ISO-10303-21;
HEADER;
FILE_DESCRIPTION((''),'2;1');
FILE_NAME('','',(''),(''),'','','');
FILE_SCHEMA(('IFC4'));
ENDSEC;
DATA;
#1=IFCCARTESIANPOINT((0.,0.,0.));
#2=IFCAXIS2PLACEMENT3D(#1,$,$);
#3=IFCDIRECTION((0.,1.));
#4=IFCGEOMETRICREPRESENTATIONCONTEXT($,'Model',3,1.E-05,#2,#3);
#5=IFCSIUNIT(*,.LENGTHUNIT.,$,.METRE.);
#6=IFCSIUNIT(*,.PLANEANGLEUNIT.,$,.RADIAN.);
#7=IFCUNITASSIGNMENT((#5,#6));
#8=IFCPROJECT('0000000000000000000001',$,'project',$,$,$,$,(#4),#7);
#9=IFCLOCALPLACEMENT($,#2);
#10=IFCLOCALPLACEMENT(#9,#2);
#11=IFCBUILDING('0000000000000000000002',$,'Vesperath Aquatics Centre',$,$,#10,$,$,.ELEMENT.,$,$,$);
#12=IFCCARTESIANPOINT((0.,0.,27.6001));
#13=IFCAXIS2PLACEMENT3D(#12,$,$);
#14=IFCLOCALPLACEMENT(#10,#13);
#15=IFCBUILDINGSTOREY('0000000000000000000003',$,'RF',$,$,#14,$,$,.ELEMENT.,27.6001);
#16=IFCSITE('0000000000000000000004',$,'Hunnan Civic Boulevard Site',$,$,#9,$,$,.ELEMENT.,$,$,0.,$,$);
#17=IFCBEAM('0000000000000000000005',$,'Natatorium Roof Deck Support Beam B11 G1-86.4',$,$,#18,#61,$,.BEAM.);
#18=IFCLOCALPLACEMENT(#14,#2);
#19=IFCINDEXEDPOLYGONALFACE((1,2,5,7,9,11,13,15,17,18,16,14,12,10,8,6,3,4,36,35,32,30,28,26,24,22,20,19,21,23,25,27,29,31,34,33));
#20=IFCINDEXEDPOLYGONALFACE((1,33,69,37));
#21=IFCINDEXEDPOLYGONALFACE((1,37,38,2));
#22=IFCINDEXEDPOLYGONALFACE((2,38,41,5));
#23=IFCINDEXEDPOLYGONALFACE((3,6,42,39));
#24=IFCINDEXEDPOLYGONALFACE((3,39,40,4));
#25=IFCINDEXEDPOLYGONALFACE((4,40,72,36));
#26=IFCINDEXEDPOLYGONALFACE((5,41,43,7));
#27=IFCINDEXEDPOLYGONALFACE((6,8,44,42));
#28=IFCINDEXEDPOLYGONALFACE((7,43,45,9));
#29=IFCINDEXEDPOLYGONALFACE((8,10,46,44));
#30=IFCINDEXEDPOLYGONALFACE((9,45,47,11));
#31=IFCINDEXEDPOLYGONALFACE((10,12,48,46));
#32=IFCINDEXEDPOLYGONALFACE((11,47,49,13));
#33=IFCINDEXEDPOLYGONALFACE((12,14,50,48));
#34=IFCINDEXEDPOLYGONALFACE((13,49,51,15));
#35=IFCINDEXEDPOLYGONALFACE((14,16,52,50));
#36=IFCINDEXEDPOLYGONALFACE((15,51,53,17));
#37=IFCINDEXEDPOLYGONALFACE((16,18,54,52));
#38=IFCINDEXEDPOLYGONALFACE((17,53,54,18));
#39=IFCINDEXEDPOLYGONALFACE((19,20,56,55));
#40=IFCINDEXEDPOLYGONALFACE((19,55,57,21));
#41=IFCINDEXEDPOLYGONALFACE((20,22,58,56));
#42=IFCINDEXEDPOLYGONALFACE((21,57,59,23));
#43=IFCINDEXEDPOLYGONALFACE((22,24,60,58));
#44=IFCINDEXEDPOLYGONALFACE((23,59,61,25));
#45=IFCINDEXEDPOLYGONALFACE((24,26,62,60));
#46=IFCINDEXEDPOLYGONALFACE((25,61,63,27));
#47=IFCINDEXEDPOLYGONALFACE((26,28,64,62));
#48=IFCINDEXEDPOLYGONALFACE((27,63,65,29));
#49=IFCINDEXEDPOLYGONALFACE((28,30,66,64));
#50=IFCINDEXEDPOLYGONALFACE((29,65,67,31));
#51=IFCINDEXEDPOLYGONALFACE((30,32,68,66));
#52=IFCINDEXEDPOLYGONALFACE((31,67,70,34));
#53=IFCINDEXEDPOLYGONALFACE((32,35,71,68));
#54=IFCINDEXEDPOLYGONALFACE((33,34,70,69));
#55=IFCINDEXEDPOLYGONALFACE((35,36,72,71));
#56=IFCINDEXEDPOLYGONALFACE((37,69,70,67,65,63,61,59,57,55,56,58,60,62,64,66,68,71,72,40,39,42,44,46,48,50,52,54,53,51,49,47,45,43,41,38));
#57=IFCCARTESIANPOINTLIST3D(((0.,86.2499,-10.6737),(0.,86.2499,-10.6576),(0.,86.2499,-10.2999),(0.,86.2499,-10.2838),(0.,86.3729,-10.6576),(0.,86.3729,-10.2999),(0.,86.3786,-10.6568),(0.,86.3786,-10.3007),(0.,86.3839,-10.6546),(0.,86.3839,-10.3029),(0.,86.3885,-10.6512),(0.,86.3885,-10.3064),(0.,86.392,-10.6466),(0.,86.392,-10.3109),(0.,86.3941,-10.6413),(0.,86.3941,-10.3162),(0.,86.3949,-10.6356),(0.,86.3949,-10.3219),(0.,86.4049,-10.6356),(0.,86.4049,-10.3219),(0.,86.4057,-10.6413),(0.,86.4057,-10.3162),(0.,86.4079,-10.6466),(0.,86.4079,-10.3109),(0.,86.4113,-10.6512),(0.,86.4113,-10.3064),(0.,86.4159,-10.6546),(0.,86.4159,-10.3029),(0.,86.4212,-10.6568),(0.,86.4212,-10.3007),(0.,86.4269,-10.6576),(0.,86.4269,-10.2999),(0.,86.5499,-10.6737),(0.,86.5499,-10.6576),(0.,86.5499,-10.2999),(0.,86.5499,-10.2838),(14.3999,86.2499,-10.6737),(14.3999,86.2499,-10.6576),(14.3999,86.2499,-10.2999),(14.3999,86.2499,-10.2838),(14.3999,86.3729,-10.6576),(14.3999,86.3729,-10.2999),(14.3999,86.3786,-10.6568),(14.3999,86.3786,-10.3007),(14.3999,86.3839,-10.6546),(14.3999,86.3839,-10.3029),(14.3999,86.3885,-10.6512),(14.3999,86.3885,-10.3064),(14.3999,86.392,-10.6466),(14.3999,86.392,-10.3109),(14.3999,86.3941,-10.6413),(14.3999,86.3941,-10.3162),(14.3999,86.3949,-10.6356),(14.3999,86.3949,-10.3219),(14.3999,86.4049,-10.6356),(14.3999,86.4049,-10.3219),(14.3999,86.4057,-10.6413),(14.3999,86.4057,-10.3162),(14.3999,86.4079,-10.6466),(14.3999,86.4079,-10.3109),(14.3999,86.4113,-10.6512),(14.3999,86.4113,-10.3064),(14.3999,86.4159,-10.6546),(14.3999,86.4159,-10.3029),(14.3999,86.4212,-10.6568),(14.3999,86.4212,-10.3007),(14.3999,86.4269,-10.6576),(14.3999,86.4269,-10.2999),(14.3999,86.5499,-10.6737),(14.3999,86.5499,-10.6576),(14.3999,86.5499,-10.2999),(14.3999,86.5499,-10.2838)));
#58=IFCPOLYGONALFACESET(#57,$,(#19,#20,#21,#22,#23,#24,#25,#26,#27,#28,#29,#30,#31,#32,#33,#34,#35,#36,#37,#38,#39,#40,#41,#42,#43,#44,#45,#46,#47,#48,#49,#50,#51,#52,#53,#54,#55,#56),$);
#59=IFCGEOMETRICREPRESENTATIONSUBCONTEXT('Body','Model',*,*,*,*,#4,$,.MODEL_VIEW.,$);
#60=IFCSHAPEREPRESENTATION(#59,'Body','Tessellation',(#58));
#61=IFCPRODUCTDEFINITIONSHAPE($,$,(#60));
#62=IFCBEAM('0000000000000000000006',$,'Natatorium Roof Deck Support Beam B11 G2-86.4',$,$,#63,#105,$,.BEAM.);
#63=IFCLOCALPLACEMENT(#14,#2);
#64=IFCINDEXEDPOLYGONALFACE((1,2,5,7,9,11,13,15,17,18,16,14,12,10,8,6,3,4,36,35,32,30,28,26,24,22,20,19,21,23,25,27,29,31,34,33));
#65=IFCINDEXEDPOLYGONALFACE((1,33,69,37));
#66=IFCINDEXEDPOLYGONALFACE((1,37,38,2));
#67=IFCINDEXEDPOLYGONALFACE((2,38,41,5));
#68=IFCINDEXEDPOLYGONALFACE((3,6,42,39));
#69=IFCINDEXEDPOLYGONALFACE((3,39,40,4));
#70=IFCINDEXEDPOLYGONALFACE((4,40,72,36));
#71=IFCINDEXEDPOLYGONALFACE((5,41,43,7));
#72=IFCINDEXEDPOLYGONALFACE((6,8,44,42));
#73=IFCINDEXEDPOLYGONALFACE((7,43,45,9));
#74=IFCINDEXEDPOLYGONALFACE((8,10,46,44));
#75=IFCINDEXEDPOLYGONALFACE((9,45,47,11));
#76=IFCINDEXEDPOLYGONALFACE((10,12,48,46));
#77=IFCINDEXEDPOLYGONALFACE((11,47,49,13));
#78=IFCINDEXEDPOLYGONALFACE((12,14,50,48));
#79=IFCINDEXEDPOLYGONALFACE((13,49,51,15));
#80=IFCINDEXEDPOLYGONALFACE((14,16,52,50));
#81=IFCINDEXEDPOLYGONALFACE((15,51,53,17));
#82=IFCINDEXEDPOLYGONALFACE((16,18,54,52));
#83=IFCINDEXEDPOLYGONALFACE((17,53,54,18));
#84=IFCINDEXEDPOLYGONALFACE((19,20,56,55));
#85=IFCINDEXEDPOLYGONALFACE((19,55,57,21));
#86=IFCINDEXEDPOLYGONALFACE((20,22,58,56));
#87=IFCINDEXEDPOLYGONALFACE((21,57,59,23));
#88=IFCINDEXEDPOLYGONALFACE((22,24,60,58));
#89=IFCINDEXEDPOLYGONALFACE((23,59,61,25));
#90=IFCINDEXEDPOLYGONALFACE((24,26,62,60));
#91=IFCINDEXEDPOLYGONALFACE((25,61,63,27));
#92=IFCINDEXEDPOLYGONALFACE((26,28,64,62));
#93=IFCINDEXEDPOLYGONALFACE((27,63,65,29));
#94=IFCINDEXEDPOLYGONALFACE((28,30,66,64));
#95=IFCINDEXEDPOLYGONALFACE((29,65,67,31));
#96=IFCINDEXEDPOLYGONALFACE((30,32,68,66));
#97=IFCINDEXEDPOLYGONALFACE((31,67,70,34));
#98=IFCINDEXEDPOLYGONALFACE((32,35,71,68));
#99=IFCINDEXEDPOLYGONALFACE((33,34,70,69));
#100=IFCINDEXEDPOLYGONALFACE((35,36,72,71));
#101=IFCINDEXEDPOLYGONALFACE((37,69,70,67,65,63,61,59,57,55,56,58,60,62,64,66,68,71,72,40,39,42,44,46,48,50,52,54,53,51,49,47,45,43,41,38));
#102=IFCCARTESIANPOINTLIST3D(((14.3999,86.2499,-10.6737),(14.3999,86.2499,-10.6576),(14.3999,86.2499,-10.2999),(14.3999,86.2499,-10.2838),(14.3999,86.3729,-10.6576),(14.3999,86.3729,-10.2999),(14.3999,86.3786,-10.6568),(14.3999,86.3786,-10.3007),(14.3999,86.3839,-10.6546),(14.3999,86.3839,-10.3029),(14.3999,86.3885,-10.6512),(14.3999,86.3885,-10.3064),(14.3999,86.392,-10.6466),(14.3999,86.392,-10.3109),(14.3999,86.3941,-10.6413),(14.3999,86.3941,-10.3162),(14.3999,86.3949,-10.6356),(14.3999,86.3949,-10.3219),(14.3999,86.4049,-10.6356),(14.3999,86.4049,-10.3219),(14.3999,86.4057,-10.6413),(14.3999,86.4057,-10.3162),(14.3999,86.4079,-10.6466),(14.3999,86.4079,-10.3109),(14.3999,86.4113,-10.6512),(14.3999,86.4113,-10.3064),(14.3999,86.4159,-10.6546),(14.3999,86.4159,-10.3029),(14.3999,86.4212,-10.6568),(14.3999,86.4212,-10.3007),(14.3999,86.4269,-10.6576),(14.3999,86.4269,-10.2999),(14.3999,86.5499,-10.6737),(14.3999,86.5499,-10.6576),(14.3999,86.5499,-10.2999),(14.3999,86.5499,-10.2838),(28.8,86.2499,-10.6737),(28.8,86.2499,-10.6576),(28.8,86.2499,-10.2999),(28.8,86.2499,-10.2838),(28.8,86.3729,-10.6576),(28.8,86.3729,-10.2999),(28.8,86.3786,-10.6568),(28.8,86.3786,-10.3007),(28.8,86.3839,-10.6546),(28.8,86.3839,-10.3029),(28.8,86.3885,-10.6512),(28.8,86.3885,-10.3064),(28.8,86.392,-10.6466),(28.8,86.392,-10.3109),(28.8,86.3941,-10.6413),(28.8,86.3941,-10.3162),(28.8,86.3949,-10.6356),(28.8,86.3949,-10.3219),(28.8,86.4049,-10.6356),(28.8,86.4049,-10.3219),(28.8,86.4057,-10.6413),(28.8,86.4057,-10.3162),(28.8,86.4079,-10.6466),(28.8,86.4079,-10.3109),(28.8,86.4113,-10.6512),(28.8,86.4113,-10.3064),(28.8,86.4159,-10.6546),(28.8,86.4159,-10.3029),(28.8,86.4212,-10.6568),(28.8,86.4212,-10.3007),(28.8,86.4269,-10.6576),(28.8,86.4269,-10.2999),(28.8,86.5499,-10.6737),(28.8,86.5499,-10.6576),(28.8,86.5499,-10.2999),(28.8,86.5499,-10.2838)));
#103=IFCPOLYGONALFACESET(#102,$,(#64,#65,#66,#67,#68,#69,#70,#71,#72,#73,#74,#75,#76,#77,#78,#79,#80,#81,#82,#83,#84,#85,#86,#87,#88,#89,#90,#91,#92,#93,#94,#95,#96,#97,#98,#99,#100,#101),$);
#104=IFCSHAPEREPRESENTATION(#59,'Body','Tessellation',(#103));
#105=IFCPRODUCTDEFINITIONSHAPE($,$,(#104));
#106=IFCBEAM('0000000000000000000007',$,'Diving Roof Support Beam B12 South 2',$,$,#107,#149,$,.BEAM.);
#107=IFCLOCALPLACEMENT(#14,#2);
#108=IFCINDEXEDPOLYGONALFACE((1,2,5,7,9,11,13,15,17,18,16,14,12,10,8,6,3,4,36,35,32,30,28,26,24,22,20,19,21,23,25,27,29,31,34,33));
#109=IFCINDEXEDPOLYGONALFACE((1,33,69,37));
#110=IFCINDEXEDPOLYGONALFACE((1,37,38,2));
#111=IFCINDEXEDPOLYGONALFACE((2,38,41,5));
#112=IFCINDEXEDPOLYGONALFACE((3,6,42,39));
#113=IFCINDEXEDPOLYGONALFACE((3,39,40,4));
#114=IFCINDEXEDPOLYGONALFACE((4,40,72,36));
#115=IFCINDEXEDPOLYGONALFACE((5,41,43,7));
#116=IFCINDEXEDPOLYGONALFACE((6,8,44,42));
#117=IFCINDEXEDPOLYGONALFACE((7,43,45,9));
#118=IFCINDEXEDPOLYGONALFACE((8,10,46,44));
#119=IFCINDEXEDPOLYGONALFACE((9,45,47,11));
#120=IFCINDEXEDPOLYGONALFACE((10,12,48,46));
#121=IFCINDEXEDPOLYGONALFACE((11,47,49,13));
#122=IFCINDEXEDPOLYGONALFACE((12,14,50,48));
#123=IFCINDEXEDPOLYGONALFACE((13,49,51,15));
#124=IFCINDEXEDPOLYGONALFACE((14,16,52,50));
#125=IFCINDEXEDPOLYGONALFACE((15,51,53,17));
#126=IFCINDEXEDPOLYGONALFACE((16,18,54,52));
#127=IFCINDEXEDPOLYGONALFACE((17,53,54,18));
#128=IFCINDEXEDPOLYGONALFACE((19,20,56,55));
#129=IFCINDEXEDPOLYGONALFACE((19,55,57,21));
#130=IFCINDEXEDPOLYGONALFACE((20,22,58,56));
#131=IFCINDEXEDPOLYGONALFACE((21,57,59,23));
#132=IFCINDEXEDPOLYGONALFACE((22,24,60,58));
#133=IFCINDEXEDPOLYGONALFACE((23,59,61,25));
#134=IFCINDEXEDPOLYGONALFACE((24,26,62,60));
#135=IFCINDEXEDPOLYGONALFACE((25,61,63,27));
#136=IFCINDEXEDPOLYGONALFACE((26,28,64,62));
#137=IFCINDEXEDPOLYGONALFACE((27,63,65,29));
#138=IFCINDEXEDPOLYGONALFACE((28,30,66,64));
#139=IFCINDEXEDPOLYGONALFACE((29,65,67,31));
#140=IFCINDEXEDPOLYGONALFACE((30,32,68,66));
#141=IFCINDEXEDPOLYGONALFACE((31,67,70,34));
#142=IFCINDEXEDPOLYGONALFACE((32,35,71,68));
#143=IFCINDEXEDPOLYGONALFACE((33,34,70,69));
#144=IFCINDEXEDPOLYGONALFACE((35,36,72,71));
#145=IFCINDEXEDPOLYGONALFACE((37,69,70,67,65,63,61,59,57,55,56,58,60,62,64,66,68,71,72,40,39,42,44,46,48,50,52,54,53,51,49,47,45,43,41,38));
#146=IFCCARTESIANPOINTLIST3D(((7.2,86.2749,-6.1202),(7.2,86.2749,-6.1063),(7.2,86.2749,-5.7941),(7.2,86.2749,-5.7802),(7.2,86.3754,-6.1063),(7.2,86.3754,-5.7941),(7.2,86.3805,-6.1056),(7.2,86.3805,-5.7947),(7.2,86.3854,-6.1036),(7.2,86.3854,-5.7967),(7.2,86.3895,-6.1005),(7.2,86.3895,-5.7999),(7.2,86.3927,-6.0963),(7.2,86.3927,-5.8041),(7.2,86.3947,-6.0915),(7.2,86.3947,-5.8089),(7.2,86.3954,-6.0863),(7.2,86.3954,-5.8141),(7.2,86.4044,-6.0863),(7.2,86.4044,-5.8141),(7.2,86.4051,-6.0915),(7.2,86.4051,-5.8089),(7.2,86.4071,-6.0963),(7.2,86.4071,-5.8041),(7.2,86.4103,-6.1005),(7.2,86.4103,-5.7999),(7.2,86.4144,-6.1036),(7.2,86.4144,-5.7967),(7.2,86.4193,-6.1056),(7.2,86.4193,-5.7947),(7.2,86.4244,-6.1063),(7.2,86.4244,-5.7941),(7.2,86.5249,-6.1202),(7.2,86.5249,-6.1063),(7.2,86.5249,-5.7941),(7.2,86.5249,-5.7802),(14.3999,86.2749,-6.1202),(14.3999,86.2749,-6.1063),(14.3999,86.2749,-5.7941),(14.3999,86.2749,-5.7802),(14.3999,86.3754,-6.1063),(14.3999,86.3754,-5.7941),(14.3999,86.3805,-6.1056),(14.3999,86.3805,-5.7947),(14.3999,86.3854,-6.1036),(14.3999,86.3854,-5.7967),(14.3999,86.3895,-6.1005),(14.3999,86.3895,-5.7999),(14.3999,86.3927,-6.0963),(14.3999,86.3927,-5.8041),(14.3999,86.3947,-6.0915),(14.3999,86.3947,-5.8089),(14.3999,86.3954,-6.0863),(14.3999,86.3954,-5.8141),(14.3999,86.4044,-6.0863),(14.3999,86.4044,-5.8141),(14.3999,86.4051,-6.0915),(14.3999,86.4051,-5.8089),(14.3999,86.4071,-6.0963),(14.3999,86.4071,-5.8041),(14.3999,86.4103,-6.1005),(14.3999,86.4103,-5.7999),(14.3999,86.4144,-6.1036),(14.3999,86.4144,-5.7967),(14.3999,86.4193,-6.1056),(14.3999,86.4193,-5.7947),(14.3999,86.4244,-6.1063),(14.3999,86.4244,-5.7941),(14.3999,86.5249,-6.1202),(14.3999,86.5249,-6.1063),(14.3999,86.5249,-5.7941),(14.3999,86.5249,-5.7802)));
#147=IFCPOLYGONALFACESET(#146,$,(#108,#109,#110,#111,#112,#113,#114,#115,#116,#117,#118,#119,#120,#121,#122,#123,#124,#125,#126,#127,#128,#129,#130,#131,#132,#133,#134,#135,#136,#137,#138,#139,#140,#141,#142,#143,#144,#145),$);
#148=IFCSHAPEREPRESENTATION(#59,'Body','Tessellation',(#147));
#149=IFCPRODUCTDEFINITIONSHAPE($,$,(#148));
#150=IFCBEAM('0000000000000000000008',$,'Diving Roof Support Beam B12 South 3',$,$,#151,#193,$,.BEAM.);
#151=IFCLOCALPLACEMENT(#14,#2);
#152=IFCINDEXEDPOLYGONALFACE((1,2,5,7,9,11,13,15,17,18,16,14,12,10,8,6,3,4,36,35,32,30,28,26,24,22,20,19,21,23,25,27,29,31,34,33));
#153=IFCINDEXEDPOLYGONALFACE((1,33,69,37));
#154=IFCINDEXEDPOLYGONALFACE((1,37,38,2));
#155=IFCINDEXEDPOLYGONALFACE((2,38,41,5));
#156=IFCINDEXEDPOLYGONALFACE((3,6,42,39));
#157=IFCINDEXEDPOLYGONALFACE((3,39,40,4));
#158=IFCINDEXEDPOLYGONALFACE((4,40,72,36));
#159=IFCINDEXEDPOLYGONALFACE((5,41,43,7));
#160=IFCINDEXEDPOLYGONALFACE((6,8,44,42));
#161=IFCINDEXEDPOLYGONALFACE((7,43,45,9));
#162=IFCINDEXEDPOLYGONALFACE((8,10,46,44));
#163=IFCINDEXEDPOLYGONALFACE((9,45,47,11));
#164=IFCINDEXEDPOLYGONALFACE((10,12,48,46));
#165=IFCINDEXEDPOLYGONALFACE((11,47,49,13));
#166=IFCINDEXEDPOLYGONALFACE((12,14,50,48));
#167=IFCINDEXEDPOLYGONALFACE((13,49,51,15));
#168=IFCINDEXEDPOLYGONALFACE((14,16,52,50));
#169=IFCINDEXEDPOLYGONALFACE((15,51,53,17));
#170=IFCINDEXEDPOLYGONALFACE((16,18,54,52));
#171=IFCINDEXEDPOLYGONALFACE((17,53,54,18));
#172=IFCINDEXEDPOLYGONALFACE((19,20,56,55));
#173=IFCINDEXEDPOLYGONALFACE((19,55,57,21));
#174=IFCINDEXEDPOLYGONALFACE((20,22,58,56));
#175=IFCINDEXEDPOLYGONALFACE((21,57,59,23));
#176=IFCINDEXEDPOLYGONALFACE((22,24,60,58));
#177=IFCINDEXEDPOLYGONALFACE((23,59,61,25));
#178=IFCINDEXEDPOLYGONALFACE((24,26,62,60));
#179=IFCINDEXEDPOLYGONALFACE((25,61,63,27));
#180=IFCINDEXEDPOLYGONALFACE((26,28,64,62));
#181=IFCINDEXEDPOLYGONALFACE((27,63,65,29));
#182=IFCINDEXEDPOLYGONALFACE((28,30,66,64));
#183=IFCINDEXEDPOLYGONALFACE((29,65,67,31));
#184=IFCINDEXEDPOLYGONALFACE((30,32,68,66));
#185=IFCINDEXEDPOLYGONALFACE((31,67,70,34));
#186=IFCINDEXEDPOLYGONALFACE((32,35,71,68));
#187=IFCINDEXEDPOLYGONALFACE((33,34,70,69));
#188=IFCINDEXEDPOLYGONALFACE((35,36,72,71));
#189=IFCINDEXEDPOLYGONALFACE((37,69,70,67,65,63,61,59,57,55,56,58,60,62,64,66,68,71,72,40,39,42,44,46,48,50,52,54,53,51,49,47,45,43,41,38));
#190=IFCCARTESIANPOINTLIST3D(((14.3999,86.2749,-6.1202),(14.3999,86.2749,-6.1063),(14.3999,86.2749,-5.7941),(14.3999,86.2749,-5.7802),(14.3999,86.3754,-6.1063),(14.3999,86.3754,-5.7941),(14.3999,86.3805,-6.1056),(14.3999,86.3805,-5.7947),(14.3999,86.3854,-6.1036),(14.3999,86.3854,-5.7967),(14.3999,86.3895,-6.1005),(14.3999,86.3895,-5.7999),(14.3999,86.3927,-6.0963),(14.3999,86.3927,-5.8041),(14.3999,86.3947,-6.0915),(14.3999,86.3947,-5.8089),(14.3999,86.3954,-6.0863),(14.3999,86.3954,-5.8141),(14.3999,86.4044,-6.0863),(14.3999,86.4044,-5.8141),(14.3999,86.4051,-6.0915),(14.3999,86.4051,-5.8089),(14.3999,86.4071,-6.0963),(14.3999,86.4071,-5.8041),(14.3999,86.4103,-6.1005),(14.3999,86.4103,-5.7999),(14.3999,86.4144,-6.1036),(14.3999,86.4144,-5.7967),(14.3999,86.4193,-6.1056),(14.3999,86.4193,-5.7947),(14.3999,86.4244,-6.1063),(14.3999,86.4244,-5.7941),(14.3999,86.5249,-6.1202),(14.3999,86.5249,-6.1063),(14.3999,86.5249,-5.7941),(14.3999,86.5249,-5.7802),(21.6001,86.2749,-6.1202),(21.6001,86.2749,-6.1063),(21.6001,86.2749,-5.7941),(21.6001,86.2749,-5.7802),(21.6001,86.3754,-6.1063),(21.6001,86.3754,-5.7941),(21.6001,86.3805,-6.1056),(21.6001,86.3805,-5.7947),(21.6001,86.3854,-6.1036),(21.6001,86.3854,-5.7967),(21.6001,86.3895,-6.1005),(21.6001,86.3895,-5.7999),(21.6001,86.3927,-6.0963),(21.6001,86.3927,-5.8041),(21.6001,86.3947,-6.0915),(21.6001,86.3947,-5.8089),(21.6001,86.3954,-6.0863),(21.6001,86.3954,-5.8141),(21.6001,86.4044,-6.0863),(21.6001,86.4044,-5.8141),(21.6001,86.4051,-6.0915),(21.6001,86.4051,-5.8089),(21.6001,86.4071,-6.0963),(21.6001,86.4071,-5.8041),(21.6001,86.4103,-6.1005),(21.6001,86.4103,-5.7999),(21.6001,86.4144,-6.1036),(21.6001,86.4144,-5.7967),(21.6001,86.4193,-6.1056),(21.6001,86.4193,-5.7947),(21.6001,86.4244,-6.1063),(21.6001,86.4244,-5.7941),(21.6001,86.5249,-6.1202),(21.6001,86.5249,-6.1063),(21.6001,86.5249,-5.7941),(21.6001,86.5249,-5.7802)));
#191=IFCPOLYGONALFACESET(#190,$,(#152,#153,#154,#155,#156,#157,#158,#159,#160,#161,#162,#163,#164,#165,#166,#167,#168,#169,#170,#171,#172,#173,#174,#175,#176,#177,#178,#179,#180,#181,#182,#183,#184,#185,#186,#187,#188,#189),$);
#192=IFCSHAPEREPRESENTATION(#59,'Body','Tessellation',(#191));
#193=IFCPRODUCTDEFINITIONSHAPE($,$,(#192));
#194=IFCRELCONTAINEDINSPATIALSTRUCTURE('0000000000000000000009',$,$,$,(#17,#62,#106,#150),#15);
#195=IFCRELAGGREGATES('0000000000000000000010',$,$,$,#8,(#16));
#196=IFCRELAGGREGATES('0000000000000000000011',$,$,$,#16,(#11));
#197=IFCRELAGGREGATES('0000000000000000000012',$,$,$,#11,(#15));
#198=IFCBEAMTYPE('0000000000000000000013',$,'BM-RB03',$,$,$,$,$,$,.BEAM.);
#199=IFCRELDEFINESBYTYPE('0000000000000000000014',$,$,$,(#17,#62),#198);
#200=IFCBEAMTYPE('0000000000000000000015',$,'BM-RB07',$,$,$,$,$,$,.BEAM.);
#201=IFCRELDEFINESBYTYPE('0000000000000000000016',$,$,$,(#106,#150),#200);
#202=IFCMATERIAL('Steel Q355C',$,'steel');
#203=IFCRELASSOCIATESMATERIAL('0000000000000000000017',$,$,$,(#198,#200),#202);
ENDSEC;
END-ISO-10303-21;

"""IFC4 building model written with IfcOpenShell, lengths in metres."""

from ifc_helpers import new_model, si_unit, direction, frame, origin, origin_2d, place, context, subcontext, project, spatial, i_section, extrude, material, material_profile, profile_set, type_object, element, save


model = new_model("IFC4")

# Units and contexts
model_context = context("Model", 3, precision=1e-05, world=origin(), true_north=direction((0.0, 1.0)))
body_context = subcontext(model_context, "Body", "Model", "MODEL_VIEW")
ifc_project = project(units=[si_unit("LENGTHUNIT", "METRE"), si_unit("PLANEANGLEUNIT", "RADIAN")], contexts=[model_context])

# Site, building, storey
site_placement = place(None, origin())
site = spatial("IfcSite", under=ifc_project, at=site_placement, Name="Hunnan Civic Boulevard Site", CompositionType="ELEMENT", RefElevation=0.0)
building_placement = place(site_placement, origin())
building = spatial("IfcBuilding", under=site, at=building_placement, Name="Vesperath Aquatics Centre", CompositionType="ELEMENT")
storey_placement = place(building_placement, frame((0.0, 0.0, 27.6001)))
storey = spatial("IfcBuildingStorey", under=building, at=storey_placement, Name="RF", CompositionType="ELEMENT", Elevation=27.6001)

# Beams
ifc_material_1 = material(Name="Steel Q355C", Category="steel")
ifc_material_profile_1 = material_profile(ifc_material_1, i_section(OverallWidth=0.3, OverallDepth=0.3899, WebThickness=0.01, FlangeThickness=0.0161, FilletRadius=0.022, at=origin_2d()), Name="HM 390x300x10x16")
ifc_profile_set_1 = profile_set([ifc_material_profile_1], Name="Steel Q355C")
beam_type_1 = type_object("IfcBeamType", Name="BM-RB03", PredefinedType="BEAM", material=ifc_profile_set_1)
beam_1_placement = place(storey_placement, frame((0.0, 86.3999, -10.4788), z_axis=(1.0, 0.0, 0.0), x_axis=(0.0, 1.0, 0.0)))
element("IfcBeam", 1, at=beam_1_placement, inside=storey, type_object=beam_type_1, Name="Natatorium Roof Deck Support Beam B11 G1-86.4", PredefinedType="BEAM", context=body_context, shape_type="SweptSolid", body=[
    extrude(i_section(OverallWidth=0.3, OverallDepth=0.3899, WebThickness=0.01, FlangeThickness=0.0161, FilletRadius=0.022, at=origin_2d()), origin(), (0.0, 0.0, 1.0), 14.3999),
])
beam_2_placement = place(storey_placement, frame((14.3999, 86.3999, -10.4788), z_axis=(1.0, 0.0, 0.0), x_axis=(0.0, 1.0, 0.0)))
element("IfcBeam", 2, at=beam_2_placement, inside=storey, type_object=beam_type_1, Name="Natatorium Roof Deck Support Beam B11 G2-86.4", PredefinedType="BEAM", context=body_context, shape_type="SweptSolid", body=[
    extrude(i_section(OverallWidth=0.3, OverallDepth=0.3899, WebThickness=0.01, FlangeThickness=0.0161, FilletRadius=0.022, at=origin_2d()), origin(), (0.0, 0.0, 1.0), 14.4001),
])
ifc_material_profile_2 = material_profile(ifc_material_1, i_section(OverallWidth=0.25, OverallDepth=0.3401, WebThickness=0.009, FlangeThickness=0.0139, FilletRadius=0.02, at=origin_2d()), Name="HM 340x250x9x14")
ifc_profile_set_2 = profile_set([ifc_material_profile_2], Name="Steel Q355C")
beam_type_2 = type_object("IfcBeamType", Name="BM-RB07", PredefinedType="BEAM", material=ifc_profile_set_2)
beam_3_placement = place(storey_placement, frame((7.2, 86.3999, -5.9502), z_axis=(1.0, 0.0, 0.0), x_axis=(0.0, 1.0, 0.0)))
element("IfcBeam", 3, at=beam_3_placement, inside=storey, type_object=beam_type_2, Name="Diving Roof Support Beam B12 South 2", PredefinedType="BEAM", context=body_context, shape_type="SweptSolid", body=[
    extrude(i_section(OverallWidth=0.25, OverallDepth=0.3401, WebThickness=0.009, FlangeThickness=0.0139, FilletRadius=0.02, at=origin_2d()), origin(), (0.0, 0.0, 1.0), 7.2),
])
beam_4_placement = place(storey_placement, frame((14.3999, 86.3999, -5.9502), z_axis=(1.0, 0.0, 0.0), x_axis=(0.0, 1.0, 0.0)))
element("IfcBeam", 4, at=beam_4_placement, inside=storey, type_object=beam_type_2, Name="Diving Roof Support Beam B12 South 3", PredefinedType="BEAM", context=body_context, shape_type="SweptSolid", body=[
    extrude(i_section(OverallWidth=0.25, OverallDepth=0.3401, WebThickness=0.009, FlangeThickness=0.0139, FilletRadius=0.02, at=origin_2d()), origin(), (0.0, 0.0, 1.0), 7.2002),
])

save(model, "model.ifc")
